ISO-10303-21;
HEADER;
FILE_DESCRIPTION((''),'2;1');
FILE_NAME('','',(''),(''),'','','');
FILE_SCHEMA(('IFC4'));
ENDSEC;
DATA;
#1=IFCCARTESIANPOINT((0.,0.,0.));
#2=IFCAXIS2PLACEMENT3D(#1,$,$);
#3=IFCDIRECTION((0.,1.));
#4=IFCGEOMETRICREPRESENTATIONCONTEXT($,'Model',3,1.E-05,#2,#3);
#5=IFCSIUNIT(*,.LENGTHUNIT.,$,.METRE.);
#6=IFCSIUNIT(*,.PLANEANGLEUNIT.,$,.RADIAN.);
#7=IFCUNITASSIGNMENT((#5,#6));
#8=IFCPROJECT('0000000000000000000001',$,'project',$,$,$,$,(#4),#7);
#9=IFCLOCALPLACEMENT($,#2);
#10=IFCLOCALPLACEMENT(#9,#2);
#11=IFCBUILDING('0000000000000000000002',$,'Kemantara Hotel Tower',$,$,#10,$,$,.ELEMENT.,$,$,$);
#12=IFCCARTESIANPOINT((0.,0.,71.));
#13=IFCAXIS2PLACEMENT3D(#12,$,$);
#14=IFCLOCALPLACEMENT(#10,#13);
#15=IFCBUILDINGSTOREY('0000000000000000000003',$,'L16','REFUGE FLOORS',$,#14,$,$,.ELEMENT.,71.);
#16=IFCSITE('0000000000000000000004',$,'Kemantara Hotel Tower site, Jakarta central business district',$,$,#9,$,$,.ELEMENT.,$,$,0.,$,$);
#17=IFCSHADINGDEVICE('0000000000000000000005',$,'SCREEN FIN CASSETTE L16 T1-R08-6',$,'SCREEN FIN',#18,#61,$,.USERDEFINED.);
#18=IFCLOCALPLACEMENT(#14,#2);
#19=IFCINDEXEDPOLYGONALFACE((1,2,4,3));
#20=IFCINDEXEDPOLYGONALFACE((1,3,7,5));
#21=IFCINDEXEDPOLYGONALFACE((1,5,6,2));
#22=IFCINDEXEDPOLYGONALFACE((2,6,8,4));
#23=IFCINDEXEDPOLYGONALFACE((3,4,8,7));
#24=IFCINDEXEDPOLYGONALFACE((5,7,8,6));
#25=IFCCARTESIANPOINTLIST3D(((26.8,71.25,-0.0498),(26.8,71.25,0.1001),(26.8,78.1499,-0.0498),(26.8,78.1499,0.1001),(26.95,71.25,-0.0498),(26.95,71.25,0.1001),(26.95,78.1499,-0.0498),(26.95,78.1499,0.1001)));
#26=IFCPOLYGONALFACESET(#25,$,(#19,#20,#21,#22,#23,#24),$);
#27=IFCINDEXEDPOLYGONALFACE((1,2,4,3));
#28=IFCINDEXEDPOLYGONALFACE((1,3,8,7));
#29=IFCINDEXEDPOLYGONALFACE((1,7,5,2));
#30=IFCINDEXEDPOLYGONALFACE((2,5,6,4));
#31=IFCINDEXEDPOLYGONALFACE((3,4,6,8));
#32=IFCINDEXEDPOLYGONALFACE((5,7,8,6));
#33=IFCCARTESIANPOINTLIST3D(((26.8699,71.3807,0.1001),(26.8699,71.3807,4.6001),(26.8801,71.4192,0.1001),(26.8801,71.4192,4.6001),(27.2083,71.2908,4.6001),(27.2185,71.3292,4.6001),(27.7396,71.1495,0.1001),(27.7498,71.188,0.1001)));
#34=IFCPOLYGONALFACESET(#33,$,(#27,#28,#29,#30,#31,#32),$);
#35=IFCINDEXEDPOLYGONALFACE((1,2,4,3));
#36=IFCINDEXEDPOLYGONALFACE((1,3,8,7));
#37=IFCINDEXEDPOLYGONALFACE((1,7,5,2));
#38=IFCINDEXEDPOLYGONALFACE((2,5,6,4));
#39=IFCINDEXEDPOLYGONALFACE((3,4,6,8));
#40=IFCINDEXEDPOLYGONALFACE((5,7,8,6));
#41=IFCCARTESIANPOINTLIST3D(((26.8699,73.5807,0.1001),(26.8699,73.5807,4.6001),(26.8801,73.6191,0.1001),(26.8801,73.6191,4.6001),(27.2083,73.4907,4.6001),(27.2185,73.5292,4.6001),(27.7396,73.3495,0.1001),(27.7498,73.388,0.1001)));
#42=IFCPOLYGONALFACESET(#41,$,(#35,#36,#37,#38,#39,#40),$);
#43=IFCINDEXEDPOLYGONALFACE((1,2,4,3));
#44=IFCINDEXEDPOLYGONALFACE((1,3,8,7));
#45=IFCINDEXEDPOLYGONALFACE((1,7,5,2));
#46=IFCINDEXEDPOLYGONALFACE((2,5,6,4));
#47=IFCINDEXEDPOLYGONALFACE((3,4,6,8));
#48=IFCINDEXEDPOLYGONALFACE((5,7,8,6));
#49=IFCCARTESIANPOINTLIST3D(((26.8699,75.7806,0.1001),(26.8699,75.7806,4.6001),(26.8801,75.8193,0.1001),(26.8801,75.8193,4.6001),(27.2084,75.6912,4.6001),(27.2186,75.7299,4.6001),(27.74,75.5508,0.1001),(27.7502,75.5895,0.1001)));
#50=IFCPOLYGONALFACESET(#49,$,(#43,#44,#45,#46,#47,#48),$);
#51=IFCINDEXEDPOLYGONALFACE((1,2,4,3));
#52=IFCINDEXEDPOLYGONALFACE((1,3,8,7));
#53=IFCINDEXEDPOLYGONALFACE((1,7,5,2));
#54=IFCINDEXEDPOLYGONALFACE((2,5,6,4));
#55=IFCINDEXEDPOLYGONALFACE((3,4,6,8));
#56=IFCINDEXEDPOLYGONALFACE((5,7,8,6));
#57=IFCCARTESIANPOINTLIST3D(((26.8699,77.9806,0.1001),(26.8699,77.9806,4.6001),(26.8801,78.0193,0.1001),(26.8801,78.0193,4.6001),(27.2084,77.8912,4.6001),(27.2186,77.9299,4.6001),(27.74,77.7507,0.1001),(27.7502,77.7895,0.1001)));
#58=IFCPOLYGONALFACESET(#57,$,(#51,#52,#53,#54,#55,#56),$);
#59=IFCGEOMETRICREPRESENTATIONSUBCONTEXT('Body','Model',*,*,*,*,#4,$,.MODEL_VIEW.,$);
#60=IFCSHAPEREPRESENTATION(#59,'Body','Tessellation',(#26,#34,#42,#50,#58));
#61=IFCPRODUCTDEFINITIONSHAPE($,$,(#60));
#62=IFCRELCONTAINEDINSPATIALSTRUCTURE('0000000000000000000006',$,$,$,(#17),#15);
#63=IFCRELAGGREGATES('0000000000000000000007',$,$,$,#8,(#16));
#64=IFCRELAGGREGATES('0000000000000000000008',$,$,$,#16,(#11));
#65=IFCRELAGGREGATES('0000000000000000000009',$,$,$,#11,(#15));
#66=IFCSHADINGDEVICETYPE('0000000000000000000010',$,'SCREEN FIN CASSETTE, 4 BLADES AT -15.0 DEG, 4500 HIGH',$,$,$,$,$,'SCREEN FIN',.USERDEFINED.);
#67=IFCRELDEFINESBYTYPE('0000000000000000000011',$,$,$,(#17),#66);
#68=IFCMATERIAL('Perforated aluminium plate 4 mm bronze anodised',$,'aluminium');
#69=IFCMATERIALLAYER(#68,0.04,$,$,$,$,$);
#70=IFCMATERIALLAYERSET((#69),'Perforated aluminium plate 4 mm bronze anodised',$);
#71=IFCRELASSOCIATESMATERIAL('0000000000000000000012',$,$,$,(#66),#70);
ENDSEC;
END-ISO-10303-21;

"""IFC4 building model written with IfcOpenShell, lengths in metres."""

from ifc_helpers import new_model, si_unit, direction, frame, origin, origin_2d, place, context, subcontext, project, spatial, polyline, rectangle, outline, extrude, source, transform, mapped, material, layer, layer_set, type_object, element, save


model = new_model("IFC4")

# Units and contexts
model_context = context("Model", 3, precision=1e-05, world=origin(), true_north=direction((0.0, 1.0)))
body_context = subcontext(model_context, "Body", "Model", "MODEL_VIEW")
ifc_project = project(units=[si_unit("LENGTHUNIT", "METRE"), si_unit("PLANEANGLEUNIT", "RADIAN")], contexts=[model_context])

# Site, building, storey
site_placement = place(None, origin())
site = spatial("IfcSite", under=ifc_project, at=site_placement, Name="Kemantara Hotel Tower site, Jakarta central business district", CompositionType="ELEMENT", RefElevation=0.0)
building_placement = place(site_placement, origin())
building = spatial("IfcBuilding", under=site, at=building_placement, Name="Kemantara Hotel Tower", CompositionType="ELEMENT")
storey_placement = place(building_placement, frame((0.0, 0.0, 71.0)))
storey = spatial("IfcBuildingStorey", under=building, at=storey_placement, Name="L16", Description="REFUGE FLOORS", CompositionType="ELEMENT", Elevation=71.0)

# Shading device
ifc_material_1 = material(Name="Perforated aluminium plate 4 mm bronze anodised", Category="aluminium")
ifc_layer_1 = layer(ifc_material_1, 0.04)
ifc_layer_set_1 = layer_set([ifc_layer_1], Name="Perforated aluminium plate 4 mm bronze anodised")
shading_device_type_1 = type_object("IfcShadingDeviceType", Name="SCREEN FIN CASSETTE, 4 BLADES AT -15.0 DEG, 4500 HIGH", ElementType="SCREEN FIN", PredefinedType="USERDEFINED", material=ifc_layer_set_1)
shared_shape_1 = source(origin(), body_context, "Body", "SweptSolid", [
    extrude(rectangle(XDim=6.8999, YDim=0.1499, at=origin_2d()), frame((3.3, -0.075, -0.1499), z_axis=(0.0, 0.0, 1.0), x_axis=(1.0, 0.0, 0.0)), (0.0, 0.0, 1.0), 0.1499),
    extrude(outline(polyline([(0.0, 0.0), (0.8999, 0.0), (0.3501, 4.5), (0.0, 4.5), (0.0, 0.0)])), frame((0.0193, -0.0801, 0.0), z_axis=(-0.966438, 0.256901, 0.0), x_axis=(-0.256901, -0.966438, 0.0)), (0.0, 0.0, 1.0), 0.0398),
    extrude(outline(polyline([(0.0, 0.0), (0.8999, 0.0), (0.3501, 4.5), (0.0, 4.5), (0.0, 0.0)])), frame((2.2192, -0.0801, 0.0), z_axis=(-0.966438, 0.256901, 0.0), x_axis=(-0.256901, -0.966438, 0.0)), (0.0, 0.0, 1.0), 0.0398),
    extrude(outline(polyline([(0.0, 0.0), (0.8999, 0.0), (0.3501, 4.5), (0.0, 4.5), (0.0, 0.0)])), frame((4.4194, -0.0801, 0.0), z_axis=(-0.966838, 0.255391, 0.0), x_axis=(-0.255391, -0.966838, 0.0)), (0.0, 0.0, 1.0), 0.04),
    extrude(outline(polyline([(0.0, 0.0), (0.8999, 0.0), (0.3501, 4.5), (0.0, 4.5), (0.0, 0.0)])), frame((6.6194, -0.0801, 0.0), z_axis=(-0.966838, 0.255391, 0.0), x_axis=(-0.255391, -0.966838, 0.0)), (0.0, 0.0, 1.0), 0.04),
])
shading_device_1_placement = place(storey_placement, frame((26.8, 71.3999, 0.1001), z_axis=(0.0, 0.0, 1.0), x_axis=(0.0, 1.0, 0.0)))
element("IfcShadingDevice", 1, at=shading_device_1_placement, inside=storey, type_object=shading_device_type_1, Name="SCREEN FIN CASSETTE L16 T1-R08-6", ObjectType="SCREEN FIN", PredefinedType="USERDEFINED", context=body_context, shape_type="MappedRepresentation", body=[
    mapped(shared_shape_1, transform((0.0, 0.0, 0.0))),
])

save(model, "model.ifc")
